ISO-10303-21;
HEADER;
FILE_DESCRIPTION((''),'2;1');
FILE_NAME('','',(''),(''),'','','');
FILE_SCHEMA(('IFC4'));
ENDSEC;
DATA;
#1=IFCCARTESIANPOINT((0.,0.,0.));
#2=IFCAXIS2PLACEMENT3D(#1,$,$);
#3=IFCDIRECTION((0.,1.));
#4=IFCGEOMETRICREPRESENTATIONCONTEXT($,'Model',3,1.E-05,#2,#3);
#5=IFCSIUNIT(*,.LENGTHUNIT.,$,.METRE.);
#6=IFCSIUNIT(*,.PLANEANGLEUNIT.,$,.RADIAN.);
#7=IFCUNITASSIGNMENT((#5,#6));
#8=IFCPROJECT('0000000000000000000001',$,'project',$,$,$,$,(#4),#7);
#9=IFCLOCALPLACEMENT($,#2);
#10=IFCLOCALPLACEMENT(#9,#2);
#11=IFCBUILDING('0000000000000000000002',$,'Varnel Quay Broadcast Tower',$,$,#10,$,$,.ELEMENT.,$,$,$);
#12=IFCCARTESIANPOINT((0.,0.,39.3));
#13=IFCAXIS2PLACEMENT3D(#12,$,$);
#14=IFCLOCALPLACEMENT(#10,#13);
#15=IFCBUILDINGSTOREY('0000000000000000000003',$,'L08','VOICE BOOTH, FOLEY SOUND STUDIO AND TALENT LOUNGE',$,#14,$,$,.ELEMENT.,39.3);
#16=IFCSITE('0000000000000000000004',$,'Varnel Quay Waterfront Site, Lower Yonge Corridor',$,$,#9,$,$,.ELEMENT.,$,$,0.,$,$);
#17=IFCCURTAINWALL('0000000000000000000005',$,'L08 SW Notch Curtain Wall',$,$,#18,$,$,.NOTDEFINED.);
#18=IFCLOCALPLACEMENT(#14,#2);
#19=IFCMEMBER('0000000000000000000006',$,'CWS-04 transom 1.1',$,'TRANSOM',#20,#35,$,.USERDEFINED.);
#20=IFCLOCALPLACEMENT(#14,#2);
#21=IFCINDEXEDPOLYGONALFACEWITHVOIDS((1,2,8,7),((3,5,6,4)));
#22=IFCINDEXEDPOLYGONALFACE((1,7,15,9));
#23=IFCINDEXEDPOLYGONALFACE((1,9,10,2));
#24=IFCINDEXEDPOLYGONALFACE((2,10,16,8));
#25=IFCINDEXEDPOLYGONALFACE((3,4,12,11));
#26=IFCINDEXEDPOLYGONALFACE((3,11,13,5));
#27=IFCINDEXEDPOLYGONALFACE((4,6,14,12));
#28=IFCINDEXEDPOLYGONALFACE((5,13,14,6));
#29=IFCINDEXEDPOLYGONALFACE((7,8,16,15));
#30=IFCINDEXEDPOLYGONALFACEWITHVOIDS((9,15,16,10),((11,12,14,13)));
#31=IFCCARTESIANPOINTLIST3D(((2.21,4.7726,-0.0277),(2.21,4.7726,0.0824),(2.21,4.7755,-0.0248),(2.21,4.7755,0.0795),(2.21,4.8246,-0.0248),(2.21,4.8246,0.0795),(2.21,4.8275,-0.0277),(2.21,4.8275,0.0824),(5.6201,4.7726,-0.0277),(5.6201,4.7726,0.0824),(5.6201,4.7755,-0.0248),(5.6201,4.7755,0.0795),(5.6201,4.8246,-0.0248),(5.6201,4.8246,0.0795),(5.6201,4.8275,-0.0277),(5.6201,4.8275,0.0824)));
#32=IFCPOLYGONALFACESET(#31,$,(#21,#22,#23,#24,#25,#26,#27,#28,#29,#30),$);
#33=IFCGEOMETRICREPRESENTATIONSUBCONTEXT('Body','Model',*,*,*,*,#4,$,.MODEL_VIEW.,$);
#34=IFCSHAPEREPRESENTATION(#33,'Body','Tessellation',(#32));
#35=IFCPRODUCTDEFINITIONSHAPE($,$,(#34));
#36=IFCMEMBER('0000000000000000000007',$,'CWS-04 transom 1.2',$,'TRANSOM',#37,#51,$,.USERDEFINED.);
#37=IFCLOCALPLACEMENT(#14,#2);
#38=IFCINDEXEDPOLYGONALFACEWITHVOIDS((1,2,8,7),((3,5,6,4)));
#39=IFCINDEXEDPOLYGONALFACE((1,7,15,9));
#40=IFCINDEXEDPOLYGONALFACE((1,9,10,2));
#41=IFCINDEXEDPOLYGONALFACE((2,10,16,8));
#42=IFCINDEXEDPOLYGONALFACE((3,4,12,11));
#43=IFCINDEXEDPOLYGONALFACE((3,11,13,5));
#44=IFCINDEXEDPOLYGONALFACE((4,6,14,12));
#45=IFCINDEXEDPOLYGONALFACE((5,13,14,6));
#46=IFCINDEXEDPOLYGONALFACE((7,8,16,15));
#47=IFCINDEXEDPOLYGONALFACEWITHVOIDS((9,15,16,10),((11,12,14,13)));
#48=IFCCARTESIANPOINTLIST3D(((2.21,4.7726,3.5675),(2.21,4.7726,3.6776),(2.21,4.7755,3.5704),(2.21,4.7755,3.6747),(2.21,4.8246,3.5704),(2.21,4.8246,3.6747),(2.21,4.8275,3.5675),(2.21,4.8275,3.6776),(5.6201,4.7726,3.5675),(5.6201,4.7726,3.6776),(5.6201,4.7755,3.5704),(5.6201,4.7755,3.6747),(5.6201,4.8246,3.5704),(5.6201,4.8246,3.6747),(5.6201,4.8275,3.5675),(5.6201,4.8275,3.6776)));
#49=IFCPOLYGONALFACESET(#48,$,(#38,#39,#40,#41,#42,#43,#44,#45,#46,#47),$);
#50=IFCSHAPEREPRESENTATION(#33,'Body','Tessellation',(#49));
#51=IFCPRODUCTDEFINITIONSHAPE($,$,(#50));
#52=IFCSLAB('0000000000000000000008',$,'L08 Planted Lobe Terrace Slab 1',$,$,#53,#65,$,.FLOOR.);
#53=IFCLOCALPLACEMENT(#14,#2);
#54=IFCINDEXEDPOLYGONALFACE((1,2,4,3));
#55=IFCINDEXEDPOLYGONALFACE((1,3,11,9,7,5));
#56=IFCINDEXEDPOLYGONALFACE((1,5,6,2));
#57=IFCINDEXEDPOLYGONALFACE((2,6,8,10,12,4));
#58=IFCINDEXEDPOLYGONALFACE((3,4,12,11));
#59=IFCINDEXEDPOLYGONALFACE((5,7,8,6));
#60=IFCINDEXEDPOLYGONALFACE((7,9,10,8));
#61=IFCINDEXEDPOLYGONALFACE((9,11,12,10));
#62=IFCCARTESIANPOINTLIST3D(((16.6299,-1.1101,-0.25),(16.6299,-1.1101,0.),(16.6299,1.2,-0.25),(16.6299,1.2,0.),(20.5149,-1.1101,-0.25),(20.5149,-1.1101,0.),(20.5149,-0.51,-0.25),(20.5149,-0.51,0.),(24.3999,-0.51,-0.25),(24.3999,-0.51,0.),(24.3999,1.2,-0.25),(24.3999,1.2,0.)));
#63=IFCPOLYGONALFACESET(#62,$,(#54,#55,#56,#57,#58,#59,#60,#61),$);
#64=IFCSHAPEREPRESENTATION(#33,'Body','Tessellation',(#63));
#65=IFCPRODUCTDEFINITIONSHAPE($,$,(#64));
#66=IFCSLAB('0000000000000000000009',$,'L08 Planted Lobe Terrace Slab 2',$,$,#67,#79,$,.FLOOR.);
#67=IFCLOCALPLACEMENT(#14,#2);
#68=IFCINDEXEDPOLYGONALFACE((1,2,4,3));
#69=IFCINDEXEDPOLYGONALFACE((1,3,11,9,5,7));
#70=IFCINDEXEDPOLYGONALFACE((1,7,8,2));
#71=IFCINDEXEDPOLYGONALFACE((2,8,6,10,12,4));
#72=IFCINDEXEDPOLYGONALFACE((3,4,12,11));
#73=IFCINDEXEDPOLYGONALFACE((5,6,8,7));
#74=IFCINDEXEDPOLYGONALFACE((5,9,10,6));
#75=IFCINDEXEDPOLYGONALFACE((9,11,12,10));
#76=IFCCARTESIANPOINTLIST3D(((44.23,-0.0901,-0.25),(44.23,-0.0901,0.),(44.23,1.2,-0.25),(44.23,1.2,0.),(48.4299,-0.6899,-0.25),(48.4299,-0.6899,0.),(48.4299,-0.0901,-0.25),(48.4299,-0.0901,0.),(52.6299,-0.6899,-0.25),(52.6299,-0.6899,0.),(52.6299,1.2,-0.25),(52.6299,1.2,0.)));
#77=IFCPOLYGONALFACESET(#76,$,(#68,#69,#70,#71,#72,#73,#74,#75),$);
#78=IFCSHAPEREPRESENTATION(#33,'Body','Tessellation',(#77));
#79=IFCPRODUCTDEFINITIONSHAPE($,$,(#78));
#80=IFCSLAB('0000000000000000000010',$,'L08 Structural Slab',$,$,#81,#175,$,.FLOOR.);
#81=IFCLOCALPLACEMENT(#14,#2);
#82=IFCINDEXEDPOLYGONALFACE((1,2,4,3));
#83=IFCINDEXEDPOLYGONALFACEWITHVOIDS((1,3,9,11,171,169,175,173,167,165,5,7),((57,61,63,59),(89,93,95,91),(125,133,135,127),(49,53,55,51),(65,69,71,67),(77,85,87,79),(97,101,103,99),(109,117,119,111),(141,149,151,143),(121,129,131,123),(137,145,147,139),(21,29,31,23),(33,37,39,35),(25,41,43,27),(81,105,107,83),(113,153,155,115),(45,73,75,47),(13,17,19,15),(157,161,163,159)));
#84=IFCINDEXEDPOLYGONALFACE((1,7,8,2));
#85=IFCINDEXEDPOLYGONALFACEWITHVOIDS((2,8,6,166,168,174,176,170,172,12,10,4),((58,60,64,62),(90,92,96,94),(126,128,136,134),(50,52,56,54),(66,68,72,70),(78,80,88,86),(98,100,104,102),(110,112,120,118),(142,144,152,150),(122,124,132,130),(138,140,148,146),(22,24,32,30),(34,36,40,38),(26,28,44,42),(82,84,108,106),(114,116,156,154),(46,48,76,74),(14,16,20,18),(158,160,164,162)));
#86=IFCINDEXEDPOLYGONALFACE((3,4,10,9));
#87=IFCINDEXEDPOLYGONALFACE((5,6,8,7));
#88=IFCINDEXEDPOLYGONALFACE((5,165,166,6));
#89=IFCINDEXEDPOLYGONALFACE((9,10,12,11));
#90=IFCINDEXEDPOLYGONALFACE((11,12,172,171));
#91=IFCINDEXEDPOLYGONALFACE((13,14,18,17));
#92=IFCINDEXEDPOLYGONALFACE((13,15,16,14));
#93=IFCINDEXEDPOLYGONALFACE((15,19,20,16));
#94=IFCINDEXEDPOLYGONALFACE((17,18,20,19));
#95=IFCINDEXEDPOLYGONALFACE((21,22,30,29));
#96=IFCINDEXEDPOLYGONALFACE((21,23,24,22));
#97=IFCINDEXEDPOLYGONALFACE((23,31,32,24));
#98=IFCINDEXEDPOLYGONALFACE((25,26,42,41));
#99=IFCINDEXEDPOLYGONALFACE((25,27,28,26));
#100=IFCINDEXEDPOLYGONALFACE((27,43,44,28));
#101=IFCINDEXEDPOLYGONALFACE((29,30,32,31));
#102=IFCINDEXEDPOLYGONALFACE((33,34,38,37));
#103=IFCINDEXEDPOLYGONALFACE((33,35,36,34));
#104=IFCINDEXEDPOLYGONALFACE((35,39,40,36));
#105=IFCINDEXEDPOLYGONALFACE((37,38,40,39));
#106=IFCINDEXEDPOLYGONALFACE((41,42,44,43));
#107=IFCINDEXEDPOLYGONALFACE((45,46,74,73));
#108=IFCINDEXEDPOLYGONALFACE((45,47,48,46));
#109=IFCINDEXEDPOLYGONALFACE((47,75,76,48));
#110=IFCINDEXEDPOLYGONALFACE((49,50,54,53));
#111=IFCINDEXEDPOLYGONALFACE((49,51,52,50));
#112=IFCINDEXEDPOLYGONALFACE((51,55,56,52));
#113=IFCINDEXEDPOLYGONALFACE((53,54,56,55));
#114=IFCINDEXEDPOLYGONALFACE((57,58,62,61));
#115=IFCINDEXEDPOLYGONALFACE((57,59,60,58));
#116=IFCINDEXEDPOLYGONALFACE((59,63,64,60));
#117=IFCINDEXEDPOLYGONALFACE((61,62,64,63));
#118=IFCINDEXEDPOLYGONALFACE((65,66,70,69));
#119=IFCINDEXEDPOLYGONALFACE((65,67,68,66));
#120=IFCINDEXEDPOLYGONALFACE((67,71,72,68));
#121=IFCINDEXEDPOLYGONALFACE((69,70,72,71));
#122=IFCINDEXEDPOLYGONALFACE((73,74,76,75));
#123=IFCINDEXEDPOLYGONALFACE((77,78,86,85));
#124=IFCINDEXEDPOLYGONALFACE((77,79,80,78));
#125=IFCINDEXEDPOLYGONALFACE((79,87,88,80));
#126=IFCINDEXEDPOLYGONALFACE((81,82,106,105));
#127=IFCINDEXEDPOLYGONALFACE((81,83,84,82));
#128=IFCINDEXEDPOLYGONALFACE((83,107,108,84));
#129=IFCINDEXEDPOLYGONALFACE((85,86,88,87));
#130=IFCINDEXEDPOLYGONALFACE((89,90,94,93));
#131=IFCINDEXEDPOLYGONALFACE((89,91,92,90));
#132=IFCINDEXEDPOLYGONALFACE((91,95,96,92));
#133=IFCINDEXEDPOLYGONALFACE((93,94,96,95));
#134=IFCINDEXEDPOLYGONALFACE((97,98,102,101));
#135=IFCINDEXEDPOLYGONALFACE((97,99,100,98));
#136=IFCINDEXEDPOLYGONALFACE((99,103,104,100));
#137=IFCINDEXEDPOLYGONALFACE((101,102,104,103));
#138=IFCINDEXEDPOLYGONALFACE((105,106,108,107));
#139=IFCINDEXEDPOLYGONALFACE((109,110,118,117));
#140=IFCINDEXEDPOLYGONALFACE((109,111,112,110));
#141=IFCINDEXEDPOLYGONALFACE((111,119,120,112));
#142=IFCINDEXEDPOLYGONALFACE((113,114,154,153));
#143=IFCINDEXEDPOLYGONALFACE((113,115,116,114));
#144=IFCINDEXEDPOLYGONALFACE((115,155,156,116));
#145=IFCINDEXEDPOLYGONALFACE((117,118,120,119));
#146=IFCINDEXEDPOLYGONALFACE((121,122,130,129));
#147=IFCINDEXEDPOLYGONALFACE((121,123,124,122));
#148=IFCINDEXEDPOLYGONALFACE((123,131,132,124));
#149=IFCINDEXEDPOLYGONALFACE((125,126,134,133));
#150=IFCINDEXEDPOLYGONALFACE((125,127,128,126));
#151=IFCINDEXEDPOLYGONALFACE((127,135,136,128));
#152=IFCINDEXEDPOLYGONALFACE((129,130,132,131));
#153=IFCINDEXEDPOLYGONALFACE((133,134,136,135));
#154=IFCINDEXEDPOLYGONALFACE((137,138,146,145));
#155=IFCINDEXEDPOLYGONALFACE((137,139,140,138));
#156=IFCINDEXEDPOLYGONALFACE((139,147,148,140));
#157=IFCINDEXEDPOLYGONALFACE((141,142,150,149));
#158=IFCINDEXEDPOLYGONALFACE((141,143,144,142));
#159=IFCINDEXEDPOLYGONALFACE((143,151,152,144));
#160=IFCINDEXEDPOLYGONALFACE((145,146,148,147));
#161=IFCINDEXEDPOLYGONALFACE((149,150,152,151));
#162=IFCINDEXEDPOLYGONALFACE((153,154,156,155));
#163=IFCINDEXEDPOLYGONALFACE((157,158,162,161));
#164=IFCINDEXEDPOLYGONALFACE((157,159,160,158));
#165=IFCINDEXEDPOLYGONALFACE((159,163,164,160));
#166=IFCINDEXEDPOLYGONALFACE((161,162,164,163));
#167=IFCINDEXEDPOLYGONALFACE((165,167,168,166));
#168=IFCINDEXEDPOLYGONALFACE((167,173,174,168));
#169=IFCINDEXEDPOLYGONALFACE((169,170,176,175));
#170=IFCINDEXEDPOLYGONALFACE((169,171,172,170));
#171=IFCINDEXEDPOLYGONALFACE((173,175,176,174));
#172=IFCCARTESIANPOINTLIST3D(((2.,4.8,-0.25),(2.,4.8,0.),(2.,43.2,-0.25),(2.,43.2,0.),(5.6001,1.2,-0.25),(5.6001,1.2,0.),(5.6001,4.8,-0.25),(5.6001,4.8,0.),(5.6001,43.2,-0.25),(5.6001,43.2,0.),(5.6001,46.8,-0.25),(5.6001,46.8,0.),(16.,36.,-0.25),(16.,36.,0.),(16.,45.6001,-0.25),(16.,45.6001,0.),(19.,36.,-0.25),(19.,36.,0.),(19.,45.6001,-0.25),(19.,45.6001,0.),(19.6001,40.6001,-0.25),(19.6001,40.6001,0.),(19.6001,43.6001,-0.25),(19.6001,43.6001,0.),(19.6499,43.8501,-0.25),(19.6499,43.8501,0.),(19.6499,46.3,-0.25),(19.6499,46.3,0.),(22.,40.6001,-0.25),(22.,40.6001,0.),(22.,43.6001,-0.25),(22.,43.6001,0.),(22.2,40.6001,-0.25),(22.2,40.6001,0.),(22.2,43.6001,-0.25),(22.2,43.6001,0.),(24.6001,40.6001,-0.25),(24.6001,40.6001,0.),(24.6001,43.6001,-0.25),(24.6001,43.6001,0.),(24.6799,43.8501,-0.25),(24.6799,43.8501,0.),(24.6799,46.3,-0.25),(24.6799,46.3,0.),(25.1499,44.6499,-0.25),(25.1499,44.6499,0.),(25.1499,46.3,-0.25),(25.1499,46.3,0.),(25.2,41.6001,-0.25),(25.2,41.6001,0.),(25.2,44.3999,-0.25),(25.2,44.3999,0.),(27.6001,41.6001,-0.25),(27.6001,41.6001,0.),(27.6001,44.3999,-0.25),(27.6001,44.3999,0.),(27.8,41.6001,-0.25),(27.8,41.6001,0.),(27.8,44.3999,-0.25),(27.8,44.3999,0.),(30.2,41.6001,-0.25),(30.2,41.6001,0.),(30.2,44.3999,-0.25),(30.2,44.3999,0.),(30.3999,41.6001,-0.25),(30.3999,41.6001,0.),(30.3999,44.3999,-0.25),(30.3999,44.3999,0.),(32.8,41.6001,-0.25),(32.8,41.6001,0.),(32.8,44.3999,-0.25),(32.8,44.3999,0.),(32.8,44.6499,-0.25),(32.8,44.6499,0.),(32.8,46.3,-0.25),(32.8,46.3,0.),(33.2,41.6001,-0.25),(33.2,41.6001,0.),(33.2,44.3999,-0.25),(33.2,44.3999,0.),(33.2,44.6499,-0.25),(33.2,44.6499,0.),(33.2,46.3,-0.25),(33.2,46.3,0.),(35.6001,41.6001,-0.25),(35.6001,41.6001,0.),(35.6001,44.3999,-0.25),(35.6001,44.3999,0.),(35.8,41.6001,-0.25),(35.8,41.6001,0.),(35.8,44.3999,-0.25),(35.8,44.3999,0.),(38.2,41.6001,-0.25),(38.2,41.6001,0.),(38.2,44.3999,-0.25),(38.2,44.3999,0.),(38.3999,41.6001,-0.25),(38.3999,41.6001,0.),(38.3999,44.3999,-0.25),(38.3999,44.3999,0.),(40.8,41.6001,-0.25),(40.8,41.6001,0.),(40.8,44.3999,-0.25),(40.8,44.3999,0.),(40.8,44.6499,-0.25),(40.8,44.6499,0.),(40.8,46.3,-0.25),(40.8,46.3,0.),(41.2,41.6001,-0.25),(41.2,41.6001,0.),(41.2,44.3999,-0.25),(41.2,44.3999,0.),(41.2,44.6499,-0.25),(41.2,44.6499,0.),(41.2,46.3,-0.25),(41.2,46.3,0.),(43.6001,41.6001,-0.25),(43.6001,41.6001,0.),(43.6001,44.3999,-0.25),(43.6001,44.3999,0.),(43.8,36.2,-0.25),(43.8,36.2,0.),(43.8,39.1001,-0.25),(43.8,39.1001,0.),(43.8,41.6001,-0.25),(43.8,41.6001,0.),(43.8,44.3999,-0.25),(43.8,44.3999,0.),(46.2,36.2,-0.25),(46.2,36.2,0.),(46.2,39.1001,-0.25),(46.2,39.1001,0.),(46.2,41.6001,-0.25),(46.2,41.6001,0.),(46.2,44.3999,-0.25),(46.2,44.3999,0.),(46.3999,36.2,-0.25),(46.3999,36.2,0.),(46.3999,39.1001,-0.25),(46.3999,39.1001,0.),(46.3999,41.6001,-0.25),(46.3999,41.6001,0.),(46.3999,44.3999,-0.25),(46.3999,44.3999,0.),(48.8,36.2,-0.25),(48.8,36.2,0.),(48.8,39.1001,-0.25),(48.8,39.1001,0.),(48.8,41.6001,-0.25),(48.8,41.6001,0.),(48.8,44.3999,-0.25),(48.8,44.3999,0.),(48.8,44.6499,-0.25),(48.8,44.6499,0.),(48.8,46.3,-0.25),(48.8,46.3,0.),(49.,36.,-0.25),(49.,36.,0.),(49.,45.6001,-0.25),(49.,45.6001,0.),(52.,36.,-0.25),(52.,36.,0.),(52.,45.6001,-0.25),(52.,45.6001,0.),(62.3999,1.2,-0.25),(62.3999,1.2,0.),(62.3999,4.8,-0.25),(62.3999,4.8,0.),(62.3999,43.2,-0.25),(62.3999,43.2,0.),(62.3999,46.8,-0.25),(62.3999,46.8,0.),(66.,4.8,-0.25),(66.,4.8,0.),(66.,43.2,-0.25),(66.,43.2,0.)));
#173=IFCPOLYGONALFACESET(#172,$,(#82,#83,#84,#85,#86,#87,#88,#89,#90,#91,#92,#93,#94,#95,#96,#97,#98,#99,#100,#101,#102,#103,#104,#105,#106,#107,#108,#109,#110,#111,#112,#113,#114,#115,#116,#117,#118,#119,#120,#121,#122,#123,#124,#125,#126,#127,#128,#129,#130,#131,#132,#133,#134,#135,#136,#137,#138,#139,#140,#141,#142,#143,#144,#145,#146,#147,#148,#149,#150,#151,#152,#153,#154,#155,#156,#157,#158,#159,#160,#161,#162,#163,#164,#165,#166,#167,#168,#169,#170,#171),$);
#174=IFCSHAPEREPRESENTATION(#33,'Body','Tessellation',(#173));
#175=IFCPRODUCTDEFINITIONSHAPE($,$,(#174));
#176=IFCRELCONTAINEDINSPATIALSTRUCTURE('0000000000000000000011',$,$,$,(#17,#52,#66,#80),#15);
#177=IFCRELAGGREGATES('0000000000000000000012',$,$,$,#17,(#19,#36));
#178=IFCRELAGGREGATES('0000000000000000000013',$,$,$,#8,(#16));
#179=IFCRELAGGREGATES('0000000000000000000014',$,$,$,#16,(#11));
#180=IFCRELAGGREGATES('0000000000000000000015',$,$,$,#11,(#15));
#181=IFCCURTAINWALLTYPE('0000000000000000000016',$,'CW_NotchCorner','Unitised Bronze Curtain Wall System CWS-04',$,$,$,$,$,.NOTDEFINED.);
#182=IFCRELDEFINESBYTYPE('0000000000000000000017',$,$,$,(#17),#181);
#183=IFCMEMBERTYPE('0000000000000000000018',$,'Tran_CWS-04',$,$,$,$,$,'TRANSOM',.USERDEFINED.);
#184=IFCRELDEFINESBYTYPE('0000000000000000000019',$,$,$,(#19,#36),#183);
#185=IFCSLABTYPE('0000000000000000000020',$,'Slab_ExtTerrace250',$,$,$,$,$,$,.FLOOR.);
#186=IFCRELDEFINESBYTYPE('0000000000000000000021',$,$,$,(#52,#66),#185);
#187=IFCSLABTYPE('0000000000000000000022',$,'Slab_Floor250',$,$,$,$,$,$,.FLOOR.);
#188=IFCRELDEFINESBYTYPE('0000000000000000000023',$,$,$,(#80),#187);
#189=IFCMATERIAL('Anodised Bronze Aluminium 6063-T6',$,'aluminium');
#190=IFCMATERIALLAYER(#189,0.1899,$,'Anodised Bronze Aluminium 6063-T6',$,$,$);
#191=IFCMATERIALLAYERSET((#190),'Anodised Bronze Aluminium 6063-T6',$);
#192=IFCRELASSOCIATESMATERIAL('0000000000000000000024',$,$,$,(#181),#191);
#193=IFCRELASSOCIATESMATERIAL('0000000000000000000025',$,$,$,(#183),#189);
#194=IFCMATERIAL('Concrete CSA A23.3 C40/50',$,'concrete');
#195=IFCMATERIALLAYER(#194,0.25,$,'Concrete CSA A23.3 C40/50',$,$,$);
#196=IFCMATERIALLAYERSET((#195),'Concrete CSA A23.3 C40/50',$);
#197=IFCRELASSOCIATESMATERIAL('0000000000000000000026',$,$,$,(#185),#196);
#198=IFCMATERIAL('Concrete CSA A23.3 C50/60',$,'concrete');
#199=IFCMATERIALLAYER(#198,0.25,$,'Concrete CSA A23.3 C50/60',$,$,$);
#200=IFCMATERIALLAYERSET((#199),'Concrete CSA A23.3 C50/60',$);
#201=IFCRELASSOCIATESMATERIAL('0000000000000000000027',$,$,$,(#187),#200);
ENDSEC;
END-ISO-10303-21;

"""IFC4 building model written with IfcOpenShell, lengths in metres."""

from ifc_helpers import new_model, si_unit, direction, frame, origin, origin_2d, place, context, subcontext, project, spatial, polyline, hollow_rectangle, outline, extrude, source, transform, mapped, material, layer, layer_set, material_profile, profile_set, type_object, type_shapes, element, aggregate, save


model = new_model("IFC4")

# Units and contexts
model_context = context("Model", 3, precision=1e-05, world=origin(), true_north=direction((0.0, 1.0)))
body_context = subcontext(model_context, "Body", "Model", "MODEL_VIEW")
ifc_project = project(units=[si_unit("LENGTHUNIT", "METRE"), si_unit("PLANEANGLEUNIT", "RADIAN")], contexts=[model_context])

# Site, building, storey
site_placement = place(None, origin())
site = spatial("IfcSite", under=ifc_project, at=site_placement, Name="Varnel Quay Waterfront Site, Lower Yonge Corridor", CompositionType="ELEMENT", RefElevation=0.0)
building_placement = place(site_placement, origin())
building = spatial("IfcBuilding", under=site, at=building_placement, Name="Varnel Quay Broadcast Tower", CompositionType="ELEMENT")
storey_placement = place(building_placement, frame((0.0, 0.0, 39.3)))
storey = spatial("IfcBuildingStorey", under=building, at=storey_placement, Name="L08", Description="VOICE BOOTH, FOLEY SOUND STUDIO AND TALENT LOUNGE", CompositionType="ELEMENT", Elevation=39.3)

# Curtain wall, members
ifc_material_1 = material(Name="Anodised Bronze Aluminium 6063-T6", Category="aluminium")
ifc_layer_1 = layer(ifc_material_1, 0.1899, Name="Anodised Bronze Aluminium 6063-T6")
ifc_layer_set_1 = layer_set([ifc_layer_1], Name="Anodised Bronze Aluminium 6063-T6")
curtain_wall_type_1 = type_object("IfcCurtainWallType", Name="CW_NotchCorner", Description="Unitised Bronze Curtain Wall System CWS-04", PredefinedType="NOTDEFINED", material=ifc_layer_set_1)
curtain_wall_1_placement = place(storey_placement, origin())
curtain_wall_1 = element("IfcCurtainWall", 1, at=curtain_wall_1_placement, inside=storey, type_object=curtain_wall_type_1, Name="L08 SW Notch Curtain Wall", PredefinedType="NOTDEFINED")
ifc_material_profile_1 = material_profile(ifc_material_1, hollow_rectangle(XDim=0.0549, YDim=0.1101, WallThickness=0.0029, at=origin_2d()), Name="ALU55X110X3")
ifc_profile_set_1 = profile_set([ifc_material_profile_1], Name="Anodised Bronze Aluminium 6063-T6")
member_type_1 = type_object("IfcMemberType", Name="Tran_CWS-04", ElementType="TRANSOM", PredefinedType="USERDEFINED", material=ifc_profile_set_1)
shared_shape_1 = source(origin(), body_context, "Body", "SweptSolid", [
    extrude(hollow_rectangle(XDim=0.0549, YDim=0.1101, WallThickness=0.0029, at=origin_2d()), origin(), (0.0, 0.0, 1.0), 3.4102),
])
type_shapes(member_type_1, [shared_shape_1])
member_1_placement = place(storey_placement, frame((2.21, 4.8, 0.0273), z_axis=(1.0, 0.0, 0.0), x_axis=(0.0, 1.0, 0.0)))
member_1 = element("IfcMember", 2, at=member_1_placement, type_object=member_type_1, Name="CWS-04 transom 1.1", ObjectType="TRANSOM", PredefinedType="USERDEFINED", context=body_context, shape_type="MappedRepresentation", body=[
    mapped(shared_shape_1, transform((0.0, 0.0, 0.0), x_axis=(1.0, 0.0, 0.0), y_axis=(0.0, 1.0, 0.0), z_axis=(0.0, 0.0, 1.0), scale=1.0)),
])
member_2_placement = place(storey_placement, frame((2.21, 4.8, 3.6226), z_axis=(1.0, 0.0, 0.0), x_axis=(0.0, 1.0, 0.0)))
member_2 = element("IfcMember", 3, at=member_2_placement, type_object=member_type_1, Name="CWS-04 transom 1.2", ObjectType="TRANSOM", PredefinedType="USERDEFINED", context=body_context, shape_type="MappedRepresentation", body=[
    mapped(shared_shape_1, transform((0.0, 0.0, 0.0), x_axis=(1.0, 0.0, 0.0), y_axis=(0.0, 1.0, 0.0), z_axis=(0.0, 0.0, 1.0), scale=1.0)),
])

# Slabs
ifc_material_2 = material(Name="Concrete CSA A23.3 C40/50", Category="concrete")
ifc_layer_2 = layer(ifc_material_2, 0.25, Name="Concrete CSA A23.3 C40/50")
ifc_layer_set_2 = layer_set([ifc_layer_2], Name="Concrete CSA A23.3 C40/50")
slab_type_1 = type_object("IfcSlabType", Name="Slab_ExtTerrace250", PredefinedType="FLOOR", material=ifc_layer_set_2)
slab_1_placement = place(storey_placement, frame((0.0, 0.0, -0.25)))
element("IfcSlab", 4, at=slab_1_placement, inside=storey, type_object=slab_type_1, Name="L08 Planted Lobe Terrace Slab 1", PredefinedType="FLOOR", context=body_context, shape_type="SweptSolid", body=[
    extrude(outline(polyline([(16.6299, -1.1101), (20.5149, -1.1101), (20.5149, -0.51), (24.3999, -0.51), (24.3999, 1.2), (16.6299, 1.2), (16.6299, -1.1101)])), origin(), (0.0, 0.0, 1.0), 0.25),
])
slab_2_placement = place(storey_placement, frame((0.0, 0.0, -0.25)))
element("IfcSlab", 5, at=slab_2_placement, inside=storey, type_object=slab_type_1, Name="L08 Planted Lobe Terrace Slab 2", PredefinedType="FLOOR", context=body_context, shape_type="SweptSolid", body=[
    extrude(outline(polyline([(44.23, -0.0901), (48.4299, -0.0901), (48.4299, -0.6899), (52.6299, -0.6899), (52.6299, 1.2), (44.23, 1.2), (44.23, -0.0901)])), origin(), (0.0, 0.0, 1.0), 0.25),
])
ifc_material_3 = material(Name="Concrete CSA A23.3 C50/60", Category="concrete")
ifc_layer_3 = layer(ifc_material_3, 0.25, Name="Concrete CSA A23.3 C50/60")
ifc_layer_set_3 = layer_set([ifc_layer_3], Name="Concrete CSA A23.3 C50/60")
slab_type_2 = type_object("IfcSlabType", Name="Slab_Floor250", PredefinedType="FLOOR", material=ifc_layer_set_3)
slab_3_placement = place(storey_placement, frame((0.0, 0.0, -0.25)))
element("IfcSlab", 6, at=slab_3_placement, inside=storey, type_object=slab_type_2, Name="L08 Structural Slab", PredefinedType="FLOOR", context=body_context, shape_type="SweptSolid", body=[
    extrude(outline(polyline([(5.6001, 1.2), (62.3999, 1.2), (62.3999, 4.8), (66.0, 4.8), (66.0, 43.2), (62.3999, 43.2), (62.3999, 46.8), (5.6001, 46.8), (5.6001, 43.2), (2.0, 43.2), (2.0, 4.8), (5.6001, 4.8), (5.6001, 1.2)]), holes=[polyline([(16.0, 36.0), (16.0, 45.6001), (19.0, 45.6001), (19.0, 36.0), (16.0, 36.0)]), polyline([(19.6001, 43.6001), (22.0, 43.6001), (22.0, 40.6001), (19.6001, 40.6001), (19.6001, 43.6001)]), polyline([(22.2, 43.6001), (24.6001, 43.6001), (24.6001, 40.6001), (22.2, 40.6001), (22.2, 43.6001)]), polyline([(25.2, 44.3999), (27.6001, 44.3999), (27.6001, 41.6001), (25.2, 41.6001), (25.2, 44.3999)]), polyline([(27.8, 44.3999), (30.2, 44.3999), (30.2, 41.6001), (27.8, 41.6001), (27.8, 44.3999)]), polyline([(30.3999, 44.3999), (32.8, 44.3999), (32.8, 41.6001), (30.3999, 41.6001), (30.3999, 44.3999)]), polyline([(33.2, 44.3999), (35.6001, 44.3999), (35.6001, 41.6001), (33.2, 41.6001), (33.2, 44.3999)]), polyline([(38.2, 44.3999), (38.2, 41.6001), (35.8, 41.6001), (35.8, 44.3999), (38.2, 44.3999)]), polyline([(24.6799, 46.3), (24.6799, 43.8501), (19.6499, 43.8501), (19.6499, 46.3), (24.6799, 46.3)]), polyline([(25.1499, 46.3), (32.8, 46.3), (32.8, 44.6499), (25.1499, 44.6499), (25.1499, 46.3)]), polyline([(43.8, 39.1001), (46.2, 39.1001), (46.2, 36.2), (43.8, 36.2), (43.8, 39.1001)]), polyline([(46.3999, 39.1001), (48.8, 39.1001), (48.8, 36.2), (46.3999, 36.2), (46.3999, 39.1001)]), polyline([(49.0, 45.6001), (52.0, 45.6001), (52.0, 36.0), (49.0, 36.0), (49.0, 45.6001)]), polyline([(40.8, 44.3999), (40.8, 41.6001), (38.3999, 41.6001), (38.3999, 44.3999), (40.8, 44.3999)]), polyline([(41.2, 44.3999), (43.6001, 44.3999), (43.6001, 41.6001), (41.2, 41.6001), (41.2, 44.3999)]), polyline([(43.8, 44.3999), (46.2, 44.3999), (46.2, 41.6001), (43.8, 41.6001), (43.8, 44.3999)]), polyline([(46.3999, 44.3999), (48.8, 44.3999), (48.8, 41.6001), (46.3999, 41.6001), (46.3999, 44.3999)]), polyline([(40.8, 46.3), (40.8, 44.6499), (33.2, 44.6499), (33.2, 46.3), (40.8, 46.3)]), polyline([(48.8, 46.3), (48.8, 44.6499), (41.2, 44.6499), (41.2, 46.3), (48.8, 46.3)])]), origin(), (0.0, 0.0, 1.0), 0.25),
])

aggregate(curtain_wall_1, [member_1, member_2])

save(model, "model.ifc")
